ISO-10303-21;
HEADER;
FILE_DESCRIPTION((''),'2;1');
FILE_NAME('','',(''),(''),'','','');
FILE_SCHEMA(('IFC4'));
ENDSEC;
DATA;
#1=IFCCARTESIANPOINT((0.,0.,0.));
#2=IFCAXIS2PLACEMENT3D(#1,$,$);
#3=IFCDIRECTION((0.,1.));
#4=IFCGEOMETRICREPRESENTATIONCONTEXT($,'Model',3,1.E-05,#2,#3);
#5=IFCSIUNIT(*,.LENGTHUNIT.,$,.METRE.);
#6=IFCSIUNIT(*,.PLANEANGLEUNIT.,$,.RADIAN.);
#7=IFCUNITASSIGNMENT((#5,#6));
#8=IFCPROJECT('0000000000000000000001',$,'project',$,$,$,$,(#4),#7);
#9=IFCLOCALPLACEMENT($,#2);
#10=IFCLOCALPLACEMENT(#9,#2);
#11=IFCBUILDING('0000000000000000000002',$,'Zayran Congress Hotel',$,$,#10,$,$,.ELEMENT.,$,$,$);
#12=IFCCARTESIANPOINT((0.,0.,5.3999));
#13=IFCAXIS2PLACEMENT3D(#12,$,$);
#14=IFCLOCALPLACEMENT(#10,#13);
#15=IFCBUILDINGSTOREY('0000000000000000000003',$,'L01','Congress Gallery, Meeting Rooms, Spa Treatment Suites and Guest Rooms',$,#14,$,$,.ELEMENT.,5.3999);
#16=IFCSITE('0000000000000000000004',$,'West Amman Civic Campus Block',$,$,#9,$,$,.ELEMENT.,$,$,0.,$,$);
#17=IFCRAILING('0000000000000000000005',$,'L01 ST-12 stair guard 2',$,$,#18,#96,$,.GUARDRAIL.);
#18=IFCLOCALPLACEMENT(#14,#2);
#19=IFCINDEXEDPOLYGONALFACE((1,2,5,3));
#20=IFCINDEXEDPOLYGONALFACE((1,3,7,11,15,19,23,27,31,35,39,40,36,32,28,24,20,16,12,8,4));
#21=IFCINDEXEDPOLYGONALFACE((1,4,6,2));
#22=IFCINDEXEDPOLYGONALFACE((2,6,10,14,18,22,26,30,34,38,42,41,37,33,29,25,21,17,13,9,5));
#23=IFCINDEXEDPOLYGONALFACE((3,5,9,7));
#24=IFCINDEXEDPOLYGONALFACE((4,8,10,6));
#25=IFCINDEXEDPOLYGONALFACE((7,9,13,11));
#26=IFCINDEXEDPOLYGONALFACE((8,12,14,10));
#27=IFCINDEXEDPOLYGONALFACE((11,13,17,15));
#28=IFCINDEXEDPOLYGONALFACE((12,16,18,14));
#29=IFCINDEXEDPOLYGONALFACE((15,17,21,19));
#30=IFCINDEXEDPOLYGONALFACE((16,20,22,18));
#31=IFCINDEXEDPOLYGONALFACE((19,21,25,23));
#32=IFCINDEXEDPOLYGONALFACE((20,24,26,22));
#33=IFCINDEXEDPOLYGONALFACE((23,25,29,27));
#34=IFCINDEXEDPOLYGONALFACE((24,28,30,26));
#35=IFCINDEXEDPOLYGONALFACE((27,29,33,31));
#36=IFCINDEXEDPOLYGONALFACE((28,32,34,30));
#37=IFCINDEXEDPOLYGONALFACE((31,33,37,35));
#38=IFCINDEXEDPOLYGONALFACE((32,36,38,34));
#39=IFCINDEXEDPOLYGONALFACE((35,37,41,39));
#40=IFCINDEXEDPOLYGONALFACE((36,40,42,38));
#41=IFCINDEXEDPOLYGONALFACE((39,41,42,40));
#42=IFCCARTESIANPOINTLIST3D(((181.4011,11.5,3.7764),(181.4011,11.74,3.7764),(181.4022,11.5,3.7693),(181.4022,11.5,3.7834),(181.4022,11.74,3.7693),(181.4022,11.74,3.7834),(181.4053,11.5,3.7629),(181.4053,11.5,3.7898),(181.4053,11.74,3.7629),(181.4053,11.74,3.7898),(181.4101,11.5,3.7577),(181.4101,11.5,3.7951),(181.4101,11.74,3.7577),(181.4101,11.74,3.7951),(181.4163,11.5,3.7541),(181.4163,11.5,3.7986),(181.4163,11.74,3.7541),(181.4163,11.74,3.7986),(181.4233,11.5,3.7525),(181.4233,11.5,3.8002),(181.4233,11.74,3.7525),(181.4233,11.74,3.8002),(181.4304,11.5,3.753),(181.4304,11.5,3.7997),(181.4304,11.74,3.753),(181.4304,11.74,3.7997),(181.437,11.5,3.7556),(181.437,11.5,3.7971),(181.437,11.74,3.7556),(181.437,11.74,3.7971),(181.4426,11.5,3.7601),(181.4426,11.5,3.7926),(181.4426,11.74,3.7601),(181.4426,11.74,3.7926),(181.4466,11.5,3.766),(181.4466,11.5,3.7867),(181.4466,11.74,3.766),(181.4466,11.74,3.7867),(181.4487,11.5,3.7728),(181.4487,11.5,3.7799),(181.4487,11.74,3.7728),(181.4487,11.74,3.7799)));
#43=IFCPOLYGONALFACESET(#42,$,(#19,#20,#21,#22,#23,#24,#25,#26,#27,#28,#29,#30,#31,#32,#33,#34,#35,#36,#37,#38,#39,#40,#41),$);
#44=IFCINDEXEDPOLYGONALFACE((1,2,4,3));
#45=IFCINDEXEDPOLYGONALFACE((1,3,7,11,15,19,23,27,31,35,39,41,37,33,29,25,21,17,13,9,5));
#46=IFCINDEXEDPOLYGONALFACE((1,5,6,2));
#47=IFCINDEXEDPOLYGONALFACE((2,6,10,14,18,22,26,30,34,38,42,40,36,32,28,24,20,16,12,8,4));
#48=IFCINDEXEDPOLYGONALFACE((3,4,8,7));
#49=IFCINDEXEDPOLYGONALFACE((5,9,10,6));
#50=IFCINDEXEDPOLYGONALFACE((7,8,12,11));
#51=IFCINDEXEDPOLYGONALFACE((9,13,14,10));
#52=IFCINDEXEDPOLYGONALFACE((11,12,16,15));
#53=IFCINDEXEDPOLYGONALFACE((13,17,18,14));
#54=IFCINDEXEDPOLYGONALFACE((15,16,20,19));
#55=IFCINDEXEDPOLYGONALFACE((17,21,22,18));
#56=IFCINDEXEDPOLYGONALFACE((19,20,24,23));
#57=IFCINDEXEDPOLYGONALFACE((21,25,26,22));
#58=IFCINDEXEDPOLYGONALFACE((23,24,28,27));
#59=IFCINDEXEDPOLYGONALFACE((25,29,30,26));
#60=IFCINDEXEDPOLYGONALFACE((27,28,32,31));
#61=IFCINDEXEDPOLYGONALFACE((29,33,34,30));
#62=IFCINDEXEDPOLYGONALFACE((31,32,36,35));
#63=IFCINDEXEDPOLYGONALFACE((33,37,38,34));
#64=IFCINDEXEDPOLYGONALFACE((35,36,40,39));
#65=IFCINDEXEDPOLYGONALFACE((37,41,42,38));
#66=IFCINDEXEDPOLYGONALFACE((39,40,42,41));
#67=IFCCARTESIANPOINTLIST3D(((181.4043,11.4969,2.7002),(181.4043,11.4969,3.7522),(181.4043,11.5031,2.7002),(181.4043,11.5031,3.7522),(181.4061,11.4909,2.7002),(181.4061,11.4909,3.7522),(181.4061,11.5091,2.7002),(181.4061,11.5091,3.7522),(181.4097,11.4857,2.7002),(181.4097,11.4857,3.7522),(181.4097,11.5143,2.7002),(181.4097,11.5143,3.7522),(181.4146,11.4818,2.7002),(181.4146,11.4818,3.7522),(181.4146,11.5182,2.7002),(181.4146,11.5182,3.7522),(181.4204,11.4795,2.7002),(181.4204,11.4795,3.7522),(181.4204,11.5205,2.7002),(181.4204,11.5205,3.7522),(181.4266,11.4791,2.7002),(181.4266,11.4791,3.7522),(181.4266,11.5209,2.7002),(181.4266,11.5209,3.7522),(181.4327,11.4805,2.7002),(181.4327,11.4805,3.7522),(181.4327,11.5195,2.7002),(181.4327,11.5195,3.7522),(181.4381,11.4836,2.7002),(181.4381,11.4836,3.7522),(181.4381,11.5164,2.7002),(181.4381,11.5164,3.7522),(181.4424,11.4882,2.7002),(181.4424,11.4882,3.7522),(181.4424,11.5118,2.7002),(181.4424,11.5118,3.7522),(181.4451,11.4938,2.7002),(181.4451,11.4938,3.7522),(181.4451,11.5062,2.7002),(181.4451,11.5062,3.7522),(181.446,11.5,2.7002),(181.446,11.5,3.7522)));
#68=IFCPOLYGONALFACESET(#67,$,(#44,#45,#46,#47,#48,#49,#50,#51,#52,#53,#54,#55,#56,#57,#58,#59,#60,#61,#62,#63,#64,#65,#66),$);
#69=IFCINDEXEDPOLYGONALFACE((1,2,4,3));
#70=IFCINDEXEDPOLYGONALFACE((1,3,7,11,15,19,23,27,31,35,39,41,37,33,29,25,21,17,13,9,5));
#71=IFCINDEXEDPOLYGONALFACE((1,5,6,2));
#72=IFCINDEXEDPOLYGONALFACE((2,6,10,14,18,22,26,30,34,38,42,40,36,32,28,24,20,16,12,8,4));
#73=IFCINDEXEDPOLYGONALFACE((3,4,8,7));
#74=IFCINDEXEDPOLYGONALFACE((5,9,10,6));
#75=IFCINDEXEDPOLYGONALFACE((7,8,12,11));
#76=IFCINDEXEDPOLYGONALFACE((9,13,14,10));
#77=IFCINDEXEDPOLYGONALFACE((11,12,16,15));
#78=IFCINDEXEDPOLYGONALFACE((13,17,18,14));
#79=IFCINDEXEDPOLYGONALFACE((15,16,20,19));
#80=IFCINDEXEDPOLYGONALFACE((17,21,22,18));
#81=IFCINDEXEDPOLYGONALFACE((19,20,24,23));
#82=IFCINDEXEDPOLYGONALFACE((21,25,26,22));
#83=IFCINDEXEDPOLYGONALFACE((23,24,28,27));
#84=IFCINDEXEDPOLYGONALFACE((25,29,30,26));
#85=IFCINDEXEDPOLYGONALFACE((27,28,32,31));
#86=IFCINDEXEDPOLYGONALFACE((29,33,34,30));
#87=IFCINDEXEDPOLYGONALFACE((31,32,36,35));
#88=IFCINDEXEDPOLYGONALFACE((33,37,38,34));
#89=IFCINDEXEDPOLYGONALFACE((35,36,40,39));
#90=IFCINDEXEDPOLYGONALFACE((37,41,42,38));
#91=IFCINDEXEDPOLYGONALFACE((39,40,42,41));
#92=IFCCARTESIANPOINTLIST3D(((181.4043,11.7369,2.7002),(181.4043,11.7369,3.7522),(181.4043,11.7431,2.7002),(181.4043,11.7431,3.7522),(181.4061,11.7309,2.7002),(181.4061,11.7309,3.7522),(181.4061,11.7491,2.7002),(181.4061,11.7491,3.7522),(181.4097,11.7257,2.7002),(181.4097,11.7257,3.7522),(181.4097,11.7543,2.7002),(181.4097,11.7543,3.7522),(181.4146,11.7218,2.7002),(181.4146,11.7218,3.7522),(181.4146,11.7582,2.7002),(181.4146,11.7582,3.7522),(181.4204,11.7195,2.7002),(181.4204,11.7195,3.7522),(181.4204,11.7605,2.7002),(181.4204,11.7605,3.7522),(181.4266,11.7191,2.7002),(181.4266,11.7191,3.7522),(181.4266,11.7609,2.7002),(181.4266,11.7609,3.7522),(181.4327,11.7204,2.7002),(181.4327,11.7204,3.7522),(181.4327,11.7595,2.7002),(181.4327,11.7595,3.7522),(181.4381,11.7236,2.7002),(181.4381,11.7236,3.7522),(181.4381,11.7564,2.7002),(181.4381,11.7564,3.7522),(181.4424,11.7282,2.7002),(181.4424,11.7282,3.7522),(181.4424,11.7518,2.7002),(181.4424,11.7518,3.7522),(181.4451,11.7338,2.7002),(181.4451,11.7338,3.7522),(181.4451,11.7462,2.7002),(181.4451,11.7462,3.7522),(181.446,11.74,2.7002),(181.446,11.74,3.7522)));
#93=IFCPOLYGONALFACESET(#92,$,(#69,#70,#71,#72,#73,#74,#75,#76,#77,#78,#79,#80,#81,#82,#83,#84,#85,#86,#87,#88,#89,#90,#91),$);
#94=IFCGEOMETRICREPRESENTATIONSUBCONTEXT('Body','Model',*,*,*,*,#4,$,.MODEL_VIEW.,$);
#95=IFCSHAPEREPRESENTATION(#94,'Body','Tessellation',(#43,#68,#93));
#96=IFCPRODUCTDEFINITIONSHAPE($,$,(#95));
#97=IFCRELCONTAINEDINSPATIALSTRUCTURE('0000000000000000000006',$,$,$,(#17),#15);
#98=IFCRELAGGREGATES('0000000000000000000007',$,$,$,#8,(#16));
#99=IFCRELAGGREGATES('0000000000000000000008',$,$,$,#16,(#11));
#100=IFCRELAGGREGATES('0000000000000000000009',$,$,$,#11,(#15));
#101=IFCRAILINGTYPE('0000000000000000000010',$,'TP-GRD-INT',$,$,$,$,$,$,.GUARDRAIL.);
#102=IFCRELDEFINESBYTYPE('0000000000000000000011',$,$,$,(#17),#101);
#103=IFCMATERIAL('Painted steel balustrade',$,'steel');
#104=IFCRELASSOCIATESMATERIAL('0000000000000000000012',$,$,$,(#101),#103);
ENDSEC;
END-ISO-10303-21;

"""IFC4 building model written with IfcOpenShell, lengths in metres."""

from ifc_helpers import new_model, si_unit, direction, frame, origin, origin_2d, place, context, subcontext, project, spatial, circle, extrude, material, type_object, element, save


model = new_model("IFC4")

# Units and contexts
model_context = context("Model", 3, precision=1e-05, world=origin(), true_north=direction((0.0, 1.0)))
body_context = subcontext(model_context, "Body", "Model", "MODEL_VIEW")
ifc_project = project(units=[si_unit("LENGTHUNIT", "METRE"), si_unit("PLANEANGLEUNIT", "RADIAN")], contexts=[model_context])

# Site, building, storey
site_placement = place(None, origin())
site = spatial("IfcSite", under=ifc_project, at=site_placement, Name="West Amman Civic Campus Block", CompositionType="ELEMENT", RefElevation=0.0)
building_placement = place(site_placement, origin())
building = spatial("IfcBuilding", under=site, at=building_placement, Name="Zayran Congress Hotel", CompositionType="ELEMENT")
storey_placement = place(building_placement, frame((0.0, 0.0, 5.3999)))
storey = spatial("IfcBuildingStorey", under=building, at=storey_placement, Name="L01", Description="Congress Gallery, Meeting Rooms, Spa Treatment Suites and Guest Rooms", CompositionType="ELEMENT", Elevation=5.3999)

# Railing
ifc_material_1 = material(Name="Painted steel balustrade", Category="steel")
railing_type = type_object("IfcRailingType", Name="TP-GRD-INT", PredefinedType="GUARDRAIL", material=ifc_material_1)
railing_1_placement = place(storey_placement, frame((181.425, 11.5, 2.7002)))
element("IfcRailing", 1, at=railing_1_placement, inside=storey, type_object=railing_type, Name="L01 ST-12 stair guard 2", PredefinedType="GUARDRAIL", context=body_context, shape_type="SweptSolid", body=[
    extrude(circle(Radius=0.0239, at=origin_2d()), frame((0.0, 0.0, 1.0762), z_axis=(0.0, 1.0, 0.0), x_axis=(-1.0, 0.0, 0.0)), (0.0, 0.0, 1.0), 0.24),
    extrude(circle(Radius=0.021, at=origin_2d()), origin(), (0.0, 0.0, 1.0), 1.052),
    extrude(circle(Radius=0.021, at=origin_2d()), frame((0.0, 0.24, 0.0)), (0.0, 0.0, 1.0), 1.052),
])

save(model, "model.ifc")
